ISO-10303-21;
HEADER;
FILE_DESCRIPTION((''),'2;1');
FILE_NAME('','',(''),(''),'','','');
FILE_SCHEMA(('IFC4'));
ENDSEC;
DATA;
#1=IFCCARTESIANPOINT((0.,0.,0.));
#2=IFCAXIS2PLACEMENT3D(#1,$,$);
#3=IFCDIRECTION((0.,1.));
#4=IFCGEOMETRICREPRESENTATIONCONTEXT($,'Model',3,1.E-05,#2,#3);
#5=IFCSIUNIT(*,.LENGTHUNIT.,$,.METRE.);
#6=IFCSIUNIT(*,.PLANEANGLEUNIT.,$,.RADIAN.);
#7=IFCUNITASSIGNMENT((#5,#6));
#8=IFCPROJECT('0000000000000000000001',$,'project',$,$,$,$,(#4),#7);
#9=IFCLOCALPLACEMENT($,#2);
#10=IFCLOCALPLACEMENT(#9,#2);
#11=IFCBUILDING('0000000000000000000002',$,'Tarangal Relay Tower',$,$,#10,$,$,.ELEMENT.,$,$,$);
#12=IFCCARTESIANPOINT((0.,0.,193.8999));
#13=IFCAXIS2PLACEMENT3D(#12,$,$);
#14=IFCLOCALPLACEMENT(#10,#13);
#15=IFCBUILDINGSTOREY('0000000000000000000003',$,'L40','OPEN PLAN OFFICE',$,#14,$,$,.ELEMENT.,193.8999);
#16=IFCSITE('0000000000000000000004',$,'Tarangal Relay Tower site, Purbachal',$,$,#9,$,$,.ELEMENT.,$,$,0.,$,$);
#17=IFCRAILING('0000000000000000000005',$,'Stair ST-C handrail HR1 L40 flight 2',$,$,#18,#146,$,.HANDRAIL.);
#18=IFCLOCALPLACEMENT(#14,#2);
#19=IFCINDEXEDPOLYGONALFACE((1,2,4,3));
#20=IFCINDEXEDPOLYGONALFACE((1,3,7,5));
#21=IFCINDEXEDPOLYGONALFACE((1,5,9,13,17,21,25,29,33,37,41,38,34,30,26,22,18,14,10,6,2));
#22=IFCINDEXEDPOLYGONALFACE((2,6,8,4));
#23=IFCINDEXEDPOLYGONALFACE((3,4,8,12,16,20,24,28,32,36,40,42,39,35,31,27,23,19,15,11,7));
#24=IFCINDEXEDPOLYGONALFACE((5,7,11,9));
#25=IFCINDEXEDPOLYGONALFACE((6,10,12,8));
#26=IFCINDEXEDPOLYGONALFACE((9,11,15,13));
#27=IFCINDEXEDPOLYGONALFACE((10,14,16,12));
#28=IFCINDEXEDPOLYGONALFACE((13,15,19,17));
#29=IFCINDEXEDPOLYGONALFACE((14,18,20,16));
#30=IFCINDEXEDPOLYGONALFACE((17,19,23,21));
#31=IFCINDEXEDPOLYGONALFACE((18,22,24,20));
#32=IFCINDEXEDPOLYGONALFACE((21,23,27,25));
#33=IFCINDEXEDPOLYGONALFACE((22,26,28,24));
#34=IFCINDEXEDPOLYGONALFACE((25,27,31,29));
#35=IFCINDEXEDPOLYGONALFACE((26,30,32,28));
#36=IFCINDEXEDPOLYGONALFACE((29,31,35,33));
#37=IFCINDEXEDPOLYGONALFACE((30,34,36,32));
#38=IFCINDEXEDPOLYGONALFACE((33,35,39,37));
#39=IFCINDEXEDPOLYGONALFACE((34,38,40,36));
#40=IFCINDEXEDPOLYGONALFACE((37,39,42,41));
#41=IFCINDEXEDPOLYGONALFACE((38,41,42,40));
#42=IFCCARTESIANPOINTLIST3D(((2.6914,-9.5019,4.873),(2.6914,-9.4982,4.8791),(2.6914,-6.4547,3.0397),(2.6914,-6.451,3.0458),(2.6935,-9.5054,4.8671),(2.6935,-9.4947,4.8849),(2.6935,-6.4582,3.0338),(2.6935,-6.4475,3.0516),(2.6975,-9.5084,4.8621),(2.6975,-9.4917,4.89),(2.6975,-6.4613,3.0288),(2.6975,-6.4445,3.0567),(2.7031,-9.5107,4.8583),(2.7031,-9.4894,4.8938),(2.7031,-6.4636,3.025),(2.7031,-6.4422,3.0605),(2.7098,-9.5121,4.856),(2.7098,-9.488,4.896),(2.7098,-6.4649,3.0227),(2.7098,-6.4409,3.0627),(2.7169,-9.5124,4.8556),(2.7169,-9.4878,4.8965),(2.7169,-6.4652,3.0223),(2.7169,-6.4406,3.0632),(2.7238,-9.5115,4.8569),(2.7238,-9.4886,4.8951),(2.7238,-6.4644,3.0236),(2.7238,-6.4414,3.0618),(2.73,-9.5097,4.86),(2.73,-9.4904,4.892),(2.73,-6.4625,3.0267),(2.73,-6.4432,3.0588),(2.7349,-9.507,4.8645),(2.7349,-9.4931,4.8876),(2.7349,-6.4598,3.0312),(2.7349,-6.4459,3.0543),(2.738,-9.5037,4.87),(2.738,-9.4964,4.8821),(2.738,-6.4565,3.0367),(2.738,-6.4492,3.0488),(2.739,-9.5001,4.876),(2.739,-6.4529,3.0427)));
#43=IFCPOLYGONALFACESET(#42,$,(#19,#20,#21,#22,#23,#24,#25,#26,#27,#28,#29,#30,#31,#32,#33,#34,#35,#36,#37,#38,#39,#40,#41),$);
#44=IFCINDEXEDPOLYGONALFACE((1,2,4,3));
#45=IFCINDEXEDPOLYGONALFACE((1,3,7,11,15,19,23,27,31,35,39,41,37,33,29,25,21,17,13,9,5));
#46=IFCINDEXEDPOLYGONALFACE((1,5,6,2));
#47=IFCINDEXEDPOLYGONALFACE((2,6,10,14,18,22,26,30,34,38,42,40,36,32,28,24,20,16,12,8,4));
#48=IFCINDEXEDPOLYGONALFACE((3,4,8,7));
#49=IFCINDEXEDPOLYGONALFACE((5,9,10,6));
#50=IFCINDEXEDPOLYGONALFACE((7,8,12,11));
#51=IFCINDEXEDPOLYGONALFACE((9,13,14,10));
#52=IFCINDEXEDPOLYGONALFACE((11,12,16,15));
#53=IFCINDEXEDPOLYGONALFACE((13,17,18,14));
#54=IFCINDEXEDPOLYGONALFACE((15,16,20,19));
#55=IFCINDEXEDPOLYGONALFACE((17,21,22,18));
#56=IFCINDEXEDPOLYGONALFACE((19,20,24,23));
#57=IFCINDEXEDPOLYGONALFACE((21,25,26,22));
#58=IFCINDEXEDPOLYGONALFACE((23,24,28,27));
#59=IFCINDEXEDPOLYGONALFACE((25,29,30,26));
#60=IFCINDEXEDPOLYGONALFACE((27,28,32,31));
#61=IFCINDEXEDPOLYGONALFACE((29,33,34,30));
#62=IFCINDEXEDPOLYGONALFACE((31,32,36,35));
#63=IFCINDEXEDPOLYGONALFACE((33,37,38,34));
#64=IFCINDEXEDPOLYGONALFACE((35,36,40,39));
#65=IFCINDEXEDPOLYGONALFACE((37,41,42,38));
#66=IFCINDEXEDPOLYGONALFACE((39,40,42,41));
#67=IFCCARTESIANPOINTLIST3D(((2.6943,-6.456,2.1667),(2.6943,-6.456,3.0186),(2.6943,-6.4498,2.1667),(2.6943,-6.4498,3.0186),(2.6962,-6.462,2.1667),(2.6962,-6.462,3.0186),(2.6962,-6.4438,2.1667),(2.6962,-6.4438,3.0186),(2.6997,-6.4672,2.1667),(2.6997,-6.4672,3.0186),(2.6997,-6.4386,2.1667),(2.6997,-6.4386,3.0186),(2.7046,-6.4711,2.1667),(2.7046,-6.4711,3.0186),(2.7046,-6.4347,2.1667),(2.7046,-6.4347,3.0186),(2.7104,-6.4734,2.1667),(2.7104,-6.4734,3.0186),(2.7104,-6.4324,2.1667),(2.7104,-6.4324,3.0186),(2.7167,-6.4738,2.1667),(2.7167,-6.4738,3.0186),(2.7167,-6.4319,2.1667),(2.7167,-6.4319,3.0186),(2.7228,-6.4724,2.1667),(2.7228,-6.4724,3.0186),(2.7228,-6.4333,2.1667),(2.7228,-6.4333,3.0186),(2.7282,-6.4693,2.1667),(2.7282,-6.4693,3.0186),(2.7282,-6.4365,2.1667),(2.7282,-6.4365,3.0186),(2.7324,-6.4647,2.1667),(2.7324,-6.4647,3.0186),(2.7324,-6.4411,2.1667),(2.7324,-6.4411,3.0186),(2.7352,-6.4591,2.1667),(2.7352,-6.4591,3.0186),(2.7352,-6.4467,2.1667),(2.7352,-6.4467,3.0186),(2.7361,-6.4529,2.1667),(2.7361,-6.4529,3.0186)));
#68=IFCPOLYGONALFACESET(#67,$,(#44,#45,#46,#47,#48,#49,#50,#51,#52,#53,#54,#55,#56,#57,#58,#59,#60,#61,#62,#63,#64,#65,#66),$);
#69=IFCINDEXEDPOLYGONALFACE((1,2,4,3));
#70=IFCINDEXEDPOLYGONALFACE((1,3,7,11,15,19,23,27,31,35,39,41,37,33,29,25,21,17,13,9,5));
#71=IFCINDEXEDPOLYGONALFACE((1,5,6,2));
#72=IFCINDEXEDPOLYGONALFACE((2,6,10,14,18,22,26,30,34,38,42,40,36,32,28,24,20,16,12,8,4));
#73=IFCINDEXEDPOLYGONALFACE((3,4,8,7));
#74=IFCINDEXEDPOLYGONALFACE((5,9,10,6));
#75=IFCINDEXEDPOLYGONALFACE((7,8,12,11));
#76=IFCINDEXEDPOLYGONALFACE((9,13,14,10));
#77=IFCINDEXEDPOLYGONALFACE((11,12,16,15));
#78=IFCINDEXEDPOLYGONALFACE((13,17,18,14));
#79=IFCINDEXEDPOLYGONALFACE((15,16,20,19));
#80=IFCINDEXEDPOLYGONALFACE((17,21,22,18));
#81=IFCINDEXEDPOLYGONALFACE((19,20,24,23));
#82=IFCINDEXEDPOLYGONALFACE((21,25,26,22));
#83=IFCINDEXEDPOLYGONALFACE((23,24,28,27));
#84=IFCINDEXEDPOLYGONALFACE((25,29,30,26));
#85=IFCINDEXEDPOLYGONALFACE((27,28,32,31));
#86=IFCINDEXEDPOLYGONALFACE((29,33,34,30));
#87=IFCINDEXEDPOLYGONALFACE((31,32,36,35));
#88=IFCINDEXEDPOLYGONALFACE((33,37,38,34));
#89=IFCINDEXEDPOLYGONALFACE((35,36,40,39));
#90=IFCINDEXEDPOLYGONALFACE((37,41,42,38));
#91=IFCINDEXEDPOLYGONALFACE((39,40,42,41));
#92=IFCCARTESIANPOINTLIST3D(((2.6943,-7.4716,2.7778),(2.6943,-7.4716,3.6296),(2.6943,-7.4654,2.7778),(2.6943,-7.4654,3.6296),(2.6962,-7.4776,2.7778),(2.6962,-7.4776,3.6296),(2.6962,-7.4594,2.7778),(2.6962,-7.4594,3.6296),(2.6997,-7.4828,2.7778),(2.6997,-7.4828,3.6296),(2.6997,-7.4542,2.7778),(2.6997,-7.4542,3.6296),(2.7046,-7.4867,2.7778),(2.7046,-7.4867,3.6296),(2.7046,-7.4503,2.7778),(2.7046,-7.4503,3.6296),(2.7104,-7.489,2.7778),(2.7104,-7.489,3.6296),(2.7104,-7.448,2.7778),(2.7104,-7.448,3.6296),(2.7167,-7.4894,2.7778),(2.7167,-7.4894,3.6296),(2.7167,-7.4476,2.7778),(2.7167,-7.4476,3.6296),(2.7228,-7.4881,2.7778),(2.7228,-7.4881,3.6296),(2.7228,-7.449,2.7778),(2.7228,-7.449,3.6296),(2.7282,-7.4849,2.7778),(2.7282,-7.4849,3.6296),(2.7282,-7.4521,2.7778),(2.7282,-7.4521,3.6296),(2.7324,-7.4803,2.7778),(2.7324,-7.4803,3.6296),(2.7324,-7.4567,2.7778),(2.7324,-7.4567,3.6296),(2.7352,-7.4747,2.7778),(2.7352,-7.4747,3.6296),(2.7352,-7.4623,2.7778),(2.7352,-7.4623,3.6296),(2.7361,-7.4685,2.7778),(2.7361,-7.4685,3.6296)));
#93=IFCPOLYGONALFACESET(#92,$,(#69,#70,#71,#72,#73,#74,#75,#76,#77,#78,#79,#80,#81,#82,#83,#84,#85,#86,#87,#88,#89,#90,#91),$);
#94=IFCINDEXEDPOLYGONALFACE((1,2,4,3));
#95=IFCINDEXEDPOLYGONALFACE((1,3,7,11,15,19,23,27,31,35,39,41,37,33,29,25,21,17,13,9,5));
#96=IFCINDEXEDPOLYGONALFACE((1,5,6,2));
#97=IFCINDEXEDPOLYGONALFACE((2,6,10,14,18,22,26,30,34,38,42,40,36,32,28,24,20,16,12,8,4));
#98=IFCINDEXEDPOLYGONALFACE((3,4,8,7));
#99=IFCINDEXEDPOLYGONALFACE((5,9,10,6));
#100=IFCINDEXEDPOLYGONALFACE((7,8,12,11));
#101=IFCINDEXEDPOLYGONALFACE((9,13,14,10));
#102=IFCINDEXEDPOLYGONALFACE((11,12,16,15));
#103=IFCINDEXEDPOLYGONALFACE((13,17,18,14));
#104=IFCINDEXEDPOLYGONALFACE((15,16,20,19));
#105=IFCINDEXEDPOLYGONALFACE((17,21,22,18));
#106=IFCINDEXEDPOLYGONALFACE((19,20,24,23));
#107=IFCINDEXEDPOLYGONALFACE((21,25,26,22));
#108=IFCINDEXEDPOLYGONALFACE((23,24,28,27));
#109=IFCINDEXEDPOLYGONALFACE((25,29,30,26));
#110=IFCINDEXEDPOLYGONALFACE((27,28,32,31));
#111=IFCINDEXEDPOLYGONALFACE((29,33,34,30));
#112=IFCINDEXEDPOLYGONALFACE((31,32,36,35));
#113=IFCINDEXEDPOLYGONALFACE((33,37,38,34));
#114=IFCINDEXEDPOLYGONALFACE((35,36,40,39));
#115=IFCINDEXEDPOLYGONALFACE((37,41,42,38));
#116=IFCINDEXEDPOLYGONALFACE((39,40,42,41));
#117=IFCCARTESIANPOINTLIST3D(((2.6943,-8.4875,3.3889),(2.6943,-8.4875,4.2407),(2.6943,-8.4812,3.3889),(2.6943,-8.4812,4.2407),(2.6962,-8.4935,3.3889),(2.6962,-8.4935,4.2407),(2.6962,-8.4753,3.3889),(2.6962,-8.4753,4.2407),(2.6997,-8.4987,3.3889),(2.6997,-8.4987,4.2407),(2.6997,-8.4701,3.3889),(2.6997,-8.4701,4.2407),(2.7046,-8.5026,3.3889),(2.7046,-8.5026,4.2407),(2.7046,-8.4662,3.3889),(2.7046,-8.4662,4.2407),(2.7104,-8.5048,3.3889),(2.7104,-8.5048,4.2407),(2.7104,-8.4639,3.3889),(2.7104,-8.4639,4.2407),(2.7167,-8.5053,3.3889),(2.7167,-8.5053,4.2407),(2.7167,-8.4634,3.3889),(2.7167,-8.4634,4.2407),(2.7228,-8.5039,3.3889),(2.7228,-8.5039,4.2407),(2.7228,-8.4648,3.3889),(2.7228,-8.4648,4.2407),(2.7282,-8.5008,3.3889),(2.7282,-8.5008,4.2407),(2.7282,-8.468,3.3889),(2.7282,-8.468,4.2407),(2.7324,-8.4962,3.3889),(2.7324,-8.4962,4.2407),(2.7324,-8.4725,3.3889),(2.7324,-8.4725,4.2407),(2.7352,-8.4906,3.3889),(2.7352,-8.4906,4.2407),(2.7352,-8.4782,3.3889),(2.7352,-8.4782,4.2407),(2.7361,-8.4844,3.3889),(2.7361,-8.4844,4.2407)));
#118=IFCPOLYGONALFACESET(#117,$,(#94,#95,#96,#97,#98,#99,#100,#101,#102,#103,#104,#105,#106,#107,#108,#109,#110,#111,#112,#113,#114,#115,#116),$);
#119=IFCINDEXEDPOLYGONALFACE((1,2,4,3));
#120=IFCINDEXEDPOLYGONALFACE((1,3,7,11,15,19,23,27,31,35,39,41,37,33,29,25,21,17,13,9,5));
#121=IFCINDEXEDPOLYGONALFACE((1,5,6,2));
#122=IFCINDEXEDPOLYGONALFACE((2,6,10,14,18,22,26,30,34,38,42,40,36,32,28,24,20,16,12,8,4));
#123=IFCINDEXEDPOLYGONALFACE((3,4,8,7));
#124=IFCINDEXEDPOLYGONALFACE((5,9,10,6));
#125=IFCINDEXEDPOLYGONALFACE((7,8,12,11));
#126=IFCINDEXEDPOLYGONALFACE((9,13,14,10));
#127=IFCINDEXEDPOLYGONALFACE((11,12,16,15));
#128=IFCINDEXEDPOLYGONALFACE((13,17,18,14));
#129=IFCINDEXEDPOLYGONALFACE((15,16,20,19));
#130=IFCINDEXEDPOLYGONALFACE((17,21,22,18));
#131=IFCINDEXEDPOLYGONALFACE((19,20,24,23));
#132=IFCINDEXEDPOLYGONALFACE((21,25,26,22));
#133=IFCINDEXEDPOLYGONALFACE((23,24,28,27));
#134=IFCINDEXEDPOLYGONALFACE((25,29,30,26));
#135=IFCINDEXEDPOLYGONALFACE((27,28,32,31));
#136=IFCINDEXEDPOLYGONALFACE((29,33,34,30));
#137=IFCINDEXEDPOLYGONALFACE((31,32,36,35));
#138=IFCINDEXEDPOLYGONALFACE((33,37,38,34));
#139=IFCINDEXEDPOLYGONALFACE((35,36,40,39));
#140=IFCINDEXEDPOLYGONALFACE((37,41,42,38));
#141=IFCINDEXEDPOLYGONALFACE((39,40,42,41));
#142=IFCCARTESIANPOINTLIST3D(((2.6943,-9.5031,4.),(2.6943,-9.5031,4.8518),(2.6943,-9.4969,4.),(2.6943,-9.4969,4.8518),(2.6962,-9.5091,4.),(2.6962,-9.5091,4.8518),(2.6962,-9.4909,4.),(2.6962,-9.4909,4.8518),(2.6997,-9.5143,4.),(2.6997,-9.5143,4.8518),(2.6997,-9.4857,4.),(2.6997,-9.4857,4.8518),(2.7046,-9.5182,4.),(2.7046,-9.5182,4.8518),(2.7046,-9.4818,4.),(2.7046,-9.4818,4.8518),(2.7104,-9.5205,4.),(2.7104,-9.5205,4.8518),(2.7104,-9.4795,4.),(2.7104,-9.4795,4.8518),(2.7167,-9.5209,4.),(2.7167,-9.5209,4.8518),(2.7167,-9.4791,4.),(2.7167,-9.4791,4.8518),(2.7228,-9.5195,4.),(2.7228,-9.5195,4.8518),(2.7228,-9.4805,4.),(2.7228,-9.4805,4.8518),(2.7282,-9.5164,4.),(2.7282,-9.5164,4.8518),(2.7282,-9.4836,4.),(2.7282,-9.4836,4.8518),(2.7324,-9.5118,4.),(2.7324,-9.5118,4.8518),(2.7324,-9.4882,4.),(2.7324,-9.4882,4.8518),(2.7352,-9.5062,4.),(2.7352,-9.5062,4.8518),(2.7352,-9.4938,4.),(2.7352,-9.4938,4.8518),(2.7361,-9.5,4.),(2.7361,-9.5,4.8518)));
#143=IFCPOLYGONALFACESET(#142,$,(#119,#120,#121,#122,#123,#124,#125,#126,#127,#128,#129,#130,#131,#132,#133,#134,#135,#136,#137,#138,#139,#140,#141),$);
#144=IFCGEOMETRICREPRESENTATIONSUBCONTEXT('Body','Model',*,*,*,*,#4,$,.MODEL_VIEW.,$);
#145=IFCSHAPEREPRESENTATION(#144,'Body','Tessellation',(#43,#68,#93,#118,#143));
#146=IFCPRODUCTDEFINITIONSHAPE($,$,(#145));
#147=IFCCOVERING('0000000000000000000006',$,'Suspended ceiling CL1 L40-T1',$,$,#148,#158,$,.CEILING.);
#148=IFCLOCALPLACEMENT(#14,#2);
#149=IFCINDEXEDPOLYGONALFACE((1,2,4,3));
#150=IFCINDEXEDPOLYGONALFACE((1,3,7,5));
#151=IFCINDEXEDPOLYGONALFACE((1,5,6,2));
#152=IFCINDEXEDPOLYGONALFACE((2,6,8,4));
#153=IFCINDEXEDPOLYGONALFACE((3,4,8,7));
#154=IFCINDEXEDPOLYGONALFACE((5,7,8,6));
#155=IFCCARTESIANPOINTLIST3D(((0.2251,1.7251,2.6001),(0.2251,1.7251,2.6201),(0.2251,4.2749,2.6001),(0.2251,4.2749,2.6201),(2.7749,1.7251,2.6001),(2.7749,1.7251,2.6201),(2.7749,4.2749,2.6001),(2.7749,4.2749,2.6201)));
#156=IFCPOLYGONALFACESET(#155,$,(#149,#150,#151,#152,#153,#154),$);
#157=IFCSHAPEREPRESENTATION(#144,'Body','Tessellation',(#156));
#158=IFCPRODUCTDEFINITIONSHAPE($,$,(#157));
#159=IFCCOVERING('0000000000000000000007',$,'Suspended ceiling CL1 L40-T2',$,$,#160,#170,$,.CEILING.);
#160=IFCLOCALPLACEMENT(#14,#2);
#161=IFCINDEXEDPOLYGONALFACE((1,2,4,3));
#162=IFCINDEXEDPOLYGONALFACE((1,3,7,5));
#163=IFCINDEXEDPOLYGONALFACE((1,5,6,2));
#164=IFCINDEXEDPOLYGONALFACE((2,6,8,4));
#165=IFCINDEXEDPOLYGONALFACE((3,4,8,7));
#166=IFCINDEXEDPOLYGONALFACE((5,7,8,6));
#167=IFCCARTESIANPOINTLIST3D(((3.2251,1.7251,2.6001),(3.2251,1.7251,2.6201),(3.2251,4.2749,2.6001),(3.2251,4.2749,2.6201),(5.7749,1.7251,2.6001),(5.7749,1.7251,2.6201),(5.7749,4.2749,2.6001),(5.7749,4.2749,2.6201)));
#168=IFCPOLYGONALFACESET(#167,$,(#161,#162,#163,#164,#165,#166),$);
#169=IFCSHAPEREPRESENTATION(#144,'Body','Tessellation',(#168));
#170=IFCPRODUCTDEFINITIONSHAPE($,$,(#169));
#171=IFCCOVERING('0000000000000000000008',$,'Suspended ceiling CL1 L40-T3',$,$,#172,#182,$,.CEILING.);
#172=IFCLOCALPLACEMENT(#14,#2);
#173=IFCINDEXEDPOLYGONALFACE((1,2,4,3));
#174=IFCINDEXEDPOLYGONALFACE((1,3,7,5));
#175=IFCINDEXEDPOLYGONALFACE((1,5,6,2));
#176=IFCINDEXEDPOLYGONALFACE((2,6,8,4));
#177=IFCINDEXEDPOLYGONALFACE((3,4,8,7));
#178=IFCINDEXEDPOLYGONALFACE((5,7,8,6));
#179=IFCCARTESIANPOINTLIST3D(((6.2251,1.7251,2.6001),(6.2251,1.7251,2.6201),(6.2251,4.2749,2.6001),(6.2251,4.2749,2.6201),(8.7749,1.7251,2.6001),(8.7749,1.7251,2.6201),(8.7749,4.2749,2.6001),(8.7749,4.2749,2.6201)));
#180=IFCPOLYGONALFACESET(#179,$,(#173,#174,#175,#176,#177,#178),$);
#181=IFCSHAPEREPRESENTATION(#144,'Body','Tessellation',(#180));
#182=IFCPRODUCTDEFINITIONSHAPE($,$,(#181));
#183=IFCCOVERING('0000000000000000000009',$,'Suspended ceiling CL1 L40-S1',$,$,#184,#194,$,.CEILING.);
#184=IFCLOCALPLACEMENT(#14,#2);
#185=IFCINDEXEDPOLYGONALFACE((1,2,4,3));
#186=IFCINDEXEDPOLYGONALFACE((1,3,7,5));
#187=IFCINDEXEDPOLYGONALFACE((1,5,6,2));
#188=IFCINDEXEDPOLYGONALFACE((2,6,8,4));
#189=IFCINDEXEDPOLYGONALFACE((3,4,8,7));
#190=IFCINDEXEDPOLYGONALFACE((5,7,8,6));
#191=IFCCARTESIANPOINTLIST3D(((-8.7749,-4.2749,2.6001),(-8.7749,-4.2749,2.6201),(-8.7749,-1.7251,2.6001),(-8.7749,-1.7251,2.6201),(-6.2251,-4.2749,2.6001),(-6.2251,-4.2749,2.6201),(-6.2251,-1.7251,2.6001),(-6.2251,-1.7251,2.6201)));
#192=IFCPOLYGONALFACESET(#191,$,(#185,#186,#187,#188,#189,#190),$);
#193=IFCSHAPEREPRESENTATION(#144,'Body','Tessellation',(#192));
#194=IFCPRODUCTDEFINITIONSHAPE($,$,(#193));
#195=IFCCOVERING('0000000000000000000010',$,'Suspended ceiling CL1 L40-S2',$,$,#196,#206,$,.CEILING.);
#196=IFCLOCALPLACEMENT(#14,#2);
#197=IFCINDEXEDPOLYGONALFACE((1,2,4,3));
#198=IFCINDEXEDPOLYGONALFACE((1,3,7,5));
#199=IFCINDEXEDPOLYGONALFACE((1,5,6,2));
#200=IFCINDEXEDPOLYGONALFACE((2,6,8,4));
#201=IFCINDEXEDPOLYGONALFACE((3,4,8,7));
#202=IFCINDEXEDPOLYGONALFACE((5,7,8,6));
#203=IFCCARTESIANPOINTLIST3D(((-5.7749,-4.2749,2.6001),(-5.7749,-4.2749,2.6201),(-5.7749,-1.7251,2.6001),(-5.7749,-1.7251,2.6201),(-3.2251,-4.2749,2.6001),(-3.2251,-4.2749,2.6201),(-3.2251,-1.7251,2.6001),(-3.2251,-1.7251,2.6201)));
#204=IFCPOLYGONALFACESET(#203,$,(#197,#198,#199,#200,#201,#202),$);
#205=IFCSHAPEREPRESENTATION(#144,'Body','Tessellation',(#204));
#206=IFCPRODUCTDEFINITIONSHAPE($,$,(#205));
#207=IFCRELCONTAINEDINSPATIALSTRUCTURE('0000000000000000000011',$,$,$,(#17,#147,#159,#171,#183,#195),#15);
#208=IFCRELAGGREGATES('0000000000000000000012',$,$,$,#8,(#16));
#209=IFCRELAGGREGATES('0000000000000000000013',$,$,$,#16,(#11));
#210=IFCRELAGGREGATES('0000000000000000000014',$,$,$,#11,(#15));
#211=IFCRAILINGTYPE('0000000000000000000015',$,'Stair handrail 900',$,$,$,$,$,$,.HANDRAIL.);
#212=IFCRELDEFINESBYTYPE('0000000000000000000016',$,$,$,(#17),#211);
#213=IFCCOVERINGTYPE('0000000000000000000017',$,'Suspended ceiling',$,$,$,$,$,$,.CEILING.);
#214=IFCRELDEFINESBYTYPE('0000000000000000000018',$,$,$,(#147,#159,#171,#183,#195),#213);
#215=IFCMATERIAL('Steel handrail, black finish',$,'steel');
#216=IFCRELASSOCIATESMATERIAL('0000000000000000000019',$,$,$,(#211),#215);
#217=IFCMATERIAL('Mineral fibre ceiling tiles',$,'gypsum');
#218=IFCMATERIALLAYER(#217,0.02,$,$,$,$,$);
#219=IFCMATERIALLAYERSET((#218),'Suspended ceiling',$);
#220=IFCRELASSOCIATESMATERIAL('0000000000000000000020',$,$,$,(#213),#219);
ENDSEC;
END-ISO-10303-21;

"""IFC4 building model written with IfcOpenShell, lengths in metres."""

from ifc_helpers import new_model, si_unit, direction, frame, origin, origin_2d, place, context, subcontext, project, spatial, polyline, circle, outline, extrude, material, layer, layer_set, type_object, element, save


model = new_model("IFC4")

# Units and contexts
model_context = context("Model", 3, precision=1e-05, world=origin(), true_north=direction((0.0, 1.0)))
body_context = subcontext(model_context, "Body", "Model", "MODEL_VIEW")
ifc_project = project(units=[si_unit("LENGTHUNIT", "METRE"), si_unit("PLANEANGLEUNIT", "RADIAN")], contexts=[model_context])

# Site, building, storey
site_placement = place(None, origin())
site = spatial("IfcSite", under=ifc_project, at=site_placement, Name="Tarangal Relay Tower site, Purbachal", CompositionType="ELEMENT", RefElevation=0.0)
building_placement = place(site_placement, origin())
building = spatial("IfcBuilding", under=site, at=building_placement, Name="Tarangal Relay Tower", CompositionType="ELEMENT")
storey_placement = place(building_placement, frame((0.0, 0.0, 193.8999)))
storey = spatial("IfcBuildingStorey", under=building, at=storey_placement, Name="L40", Description="OPEN PLAN OFFICE", CompositionType="ELEMENT", Elevation=193.8999)

# Railing
ifc_material_1 = material(Name="Steel handrail, black finish", Category="steel")
railing_type = type_object("IfcRailingType", Name="Stair handrail 900", PredefinedType="HANDRAIL", material=ifc_material_1)
railing_placement = place(storey_placement, frame((2.7151, -6.4529, 2.1667)))
element("IfcRailing", 1, at=railing_placement, inside=storey, type_object=railing_type, Name="Stair ST-C handrail HR1 L40 flight 2", PredefinedType="HANDRAIL", context=body_context, shape_type="SweptSolid", body=[
    extrude(circle(Radius=0.0239, at=origin_2d()), frame((0.0, 0.0, 0.876), z_axis=(0.0, -0.856874, 0.515525), x_axis=(1.0, 0.0, 0.0)), (0.0, 0.0, 1.0), 3.5562),
    extrude(circle(Radius=0.021, at=origin_2d()), origin(), (0.0, 0.0, 1.0), 0.8518),
    extrude(circle(Radius=0.021, at=origin_2d()), frame((0.0, -1.0156, 0.6111)), (0.0, 0.0, 1.0), 0.8518),
    extrude(circle(Radius=0.021, at=origin_2d()), frame((0.0, -2.0315, 1.2222)), (0.0, 0.0, 1.0), 0.8518),
    extrude(circle(Radius=0.021, at=origin_2d()), frame((0.0, -3.0471, 1.8333)), (0.0, 0.0, 1.0), 0.8518),
])

# Coverings
ifc_material_2 = material(Name="Mineral fibre ceiling tiles", Category="gypsum")
ifc_layer_1 = layer(ifc_material_2, 0.02)
ifc_layer_set_1 = layer_set([ifc_layer_1], Name="Suspended ceiling")
covering_type_1 = type_object("IfcCoveringType", Name="Suspended ceiling", PredefinedType="CEILING", material=ifc_layer_set_1)
covering_1_placement = place(storey_placement, frame((0.0, 0.0, 2.6001)))
element("IfcCovering", 2, at=covering_1_placement, inside=storey, type_object=covering_type_1, Name="Suspended ceiling CL1 L40-T1", PredefinedType="CEILING", context=body_context, shape_type="SweptSolid", body=[
    extrude(outline(polyline([(0.2251, 1.7251), (2.7749, 1.7251), (2.7749, 4.2749), (0.2251, 4.2749), (0.2251, 1.7251)])), origin(), (0.0, 0.0, 1.0), 0.02),
])
covering_2_placement = place(storey_placement, frame((0.0, 0.0, 2.6001)))
element("IfcCovering", 3, at=covering_2_placement, inside=storey, type_object=covering_type_1, Name="Suspended ceiling CL1 L40-T2", PredefinedType="CEILING", context=body_context, shape_type="SweptSolid", body=[
    extrude(outline(polyline([(3.2251, 1.7251), (5.7749, 1.7251), (5.7749, 4.2749), (3.2251, 4.2749), (3.2251, 1.7251)])), origin(), (0.0, 0.0, 1.0), 0.02),
])
covering_3_placement = place(storey_placement, frame((0.0, 0.0, 2.6001)))
element("IfcCovering", 4, at=covering_3_placement, inside=storey, type_object=covering_type_1, Name="Suspended ceiling CL1 L40-T3", PredefinedType="CEILING", context=body_context, shape_type="SweptSolid", body=[
    extrude(outline(polyline([(6.2251, 1.7251), (8.7749, 1.7251), (8.7749, 4.2749), (6.2251, 4.2749), (6.2251, 1.7251)])), origin(), (0.0, 0.0, 1.0), 0.02),
])
covering_4_placement = place(storey_placement, frame((0.0, 0.0, 2.6001)))
element("IfcCovering", 5, at=covering_4_placement, inside=storey, type_object=covering_type_1, Name="Suspended ceiling CL1 L40-S1", PredefinedType="CEILING", context=body_context, shape_type="SweptSolid", body=[
    extrude(outline(polyline([(-8.7749, -4.2749), (-6.2251, -4.2749), (-6.2251, -1.7251), (-8.7749, -1.7251), (-8.7749, -4.2749)])), origin(), (0.0, 0.0, 1.0), 0.02),
])
covering_5_placement = place(storey_placement, frame((0.0, 0.0, 2.6001)))
element("IfcCovering", 6, at=covering_5_placement, inside=storey, type_object=covering_type_1, Name="Suspended ceiling CL1 L40-S2", PredefinedType="CEILING", context=body_context, shape_type="SweptSolid", body=[
    extrude(outline(polyline([(-5.7749, -4.2749), (-3.2251, -4.2749), (-3.2251, -1.7251), (-5.7749, -1.7251), (-5.7749, -4.2749)])), origin(), (0.0, 0.0, 1.0), 0.02),
])

save(model, "model.ifc")
